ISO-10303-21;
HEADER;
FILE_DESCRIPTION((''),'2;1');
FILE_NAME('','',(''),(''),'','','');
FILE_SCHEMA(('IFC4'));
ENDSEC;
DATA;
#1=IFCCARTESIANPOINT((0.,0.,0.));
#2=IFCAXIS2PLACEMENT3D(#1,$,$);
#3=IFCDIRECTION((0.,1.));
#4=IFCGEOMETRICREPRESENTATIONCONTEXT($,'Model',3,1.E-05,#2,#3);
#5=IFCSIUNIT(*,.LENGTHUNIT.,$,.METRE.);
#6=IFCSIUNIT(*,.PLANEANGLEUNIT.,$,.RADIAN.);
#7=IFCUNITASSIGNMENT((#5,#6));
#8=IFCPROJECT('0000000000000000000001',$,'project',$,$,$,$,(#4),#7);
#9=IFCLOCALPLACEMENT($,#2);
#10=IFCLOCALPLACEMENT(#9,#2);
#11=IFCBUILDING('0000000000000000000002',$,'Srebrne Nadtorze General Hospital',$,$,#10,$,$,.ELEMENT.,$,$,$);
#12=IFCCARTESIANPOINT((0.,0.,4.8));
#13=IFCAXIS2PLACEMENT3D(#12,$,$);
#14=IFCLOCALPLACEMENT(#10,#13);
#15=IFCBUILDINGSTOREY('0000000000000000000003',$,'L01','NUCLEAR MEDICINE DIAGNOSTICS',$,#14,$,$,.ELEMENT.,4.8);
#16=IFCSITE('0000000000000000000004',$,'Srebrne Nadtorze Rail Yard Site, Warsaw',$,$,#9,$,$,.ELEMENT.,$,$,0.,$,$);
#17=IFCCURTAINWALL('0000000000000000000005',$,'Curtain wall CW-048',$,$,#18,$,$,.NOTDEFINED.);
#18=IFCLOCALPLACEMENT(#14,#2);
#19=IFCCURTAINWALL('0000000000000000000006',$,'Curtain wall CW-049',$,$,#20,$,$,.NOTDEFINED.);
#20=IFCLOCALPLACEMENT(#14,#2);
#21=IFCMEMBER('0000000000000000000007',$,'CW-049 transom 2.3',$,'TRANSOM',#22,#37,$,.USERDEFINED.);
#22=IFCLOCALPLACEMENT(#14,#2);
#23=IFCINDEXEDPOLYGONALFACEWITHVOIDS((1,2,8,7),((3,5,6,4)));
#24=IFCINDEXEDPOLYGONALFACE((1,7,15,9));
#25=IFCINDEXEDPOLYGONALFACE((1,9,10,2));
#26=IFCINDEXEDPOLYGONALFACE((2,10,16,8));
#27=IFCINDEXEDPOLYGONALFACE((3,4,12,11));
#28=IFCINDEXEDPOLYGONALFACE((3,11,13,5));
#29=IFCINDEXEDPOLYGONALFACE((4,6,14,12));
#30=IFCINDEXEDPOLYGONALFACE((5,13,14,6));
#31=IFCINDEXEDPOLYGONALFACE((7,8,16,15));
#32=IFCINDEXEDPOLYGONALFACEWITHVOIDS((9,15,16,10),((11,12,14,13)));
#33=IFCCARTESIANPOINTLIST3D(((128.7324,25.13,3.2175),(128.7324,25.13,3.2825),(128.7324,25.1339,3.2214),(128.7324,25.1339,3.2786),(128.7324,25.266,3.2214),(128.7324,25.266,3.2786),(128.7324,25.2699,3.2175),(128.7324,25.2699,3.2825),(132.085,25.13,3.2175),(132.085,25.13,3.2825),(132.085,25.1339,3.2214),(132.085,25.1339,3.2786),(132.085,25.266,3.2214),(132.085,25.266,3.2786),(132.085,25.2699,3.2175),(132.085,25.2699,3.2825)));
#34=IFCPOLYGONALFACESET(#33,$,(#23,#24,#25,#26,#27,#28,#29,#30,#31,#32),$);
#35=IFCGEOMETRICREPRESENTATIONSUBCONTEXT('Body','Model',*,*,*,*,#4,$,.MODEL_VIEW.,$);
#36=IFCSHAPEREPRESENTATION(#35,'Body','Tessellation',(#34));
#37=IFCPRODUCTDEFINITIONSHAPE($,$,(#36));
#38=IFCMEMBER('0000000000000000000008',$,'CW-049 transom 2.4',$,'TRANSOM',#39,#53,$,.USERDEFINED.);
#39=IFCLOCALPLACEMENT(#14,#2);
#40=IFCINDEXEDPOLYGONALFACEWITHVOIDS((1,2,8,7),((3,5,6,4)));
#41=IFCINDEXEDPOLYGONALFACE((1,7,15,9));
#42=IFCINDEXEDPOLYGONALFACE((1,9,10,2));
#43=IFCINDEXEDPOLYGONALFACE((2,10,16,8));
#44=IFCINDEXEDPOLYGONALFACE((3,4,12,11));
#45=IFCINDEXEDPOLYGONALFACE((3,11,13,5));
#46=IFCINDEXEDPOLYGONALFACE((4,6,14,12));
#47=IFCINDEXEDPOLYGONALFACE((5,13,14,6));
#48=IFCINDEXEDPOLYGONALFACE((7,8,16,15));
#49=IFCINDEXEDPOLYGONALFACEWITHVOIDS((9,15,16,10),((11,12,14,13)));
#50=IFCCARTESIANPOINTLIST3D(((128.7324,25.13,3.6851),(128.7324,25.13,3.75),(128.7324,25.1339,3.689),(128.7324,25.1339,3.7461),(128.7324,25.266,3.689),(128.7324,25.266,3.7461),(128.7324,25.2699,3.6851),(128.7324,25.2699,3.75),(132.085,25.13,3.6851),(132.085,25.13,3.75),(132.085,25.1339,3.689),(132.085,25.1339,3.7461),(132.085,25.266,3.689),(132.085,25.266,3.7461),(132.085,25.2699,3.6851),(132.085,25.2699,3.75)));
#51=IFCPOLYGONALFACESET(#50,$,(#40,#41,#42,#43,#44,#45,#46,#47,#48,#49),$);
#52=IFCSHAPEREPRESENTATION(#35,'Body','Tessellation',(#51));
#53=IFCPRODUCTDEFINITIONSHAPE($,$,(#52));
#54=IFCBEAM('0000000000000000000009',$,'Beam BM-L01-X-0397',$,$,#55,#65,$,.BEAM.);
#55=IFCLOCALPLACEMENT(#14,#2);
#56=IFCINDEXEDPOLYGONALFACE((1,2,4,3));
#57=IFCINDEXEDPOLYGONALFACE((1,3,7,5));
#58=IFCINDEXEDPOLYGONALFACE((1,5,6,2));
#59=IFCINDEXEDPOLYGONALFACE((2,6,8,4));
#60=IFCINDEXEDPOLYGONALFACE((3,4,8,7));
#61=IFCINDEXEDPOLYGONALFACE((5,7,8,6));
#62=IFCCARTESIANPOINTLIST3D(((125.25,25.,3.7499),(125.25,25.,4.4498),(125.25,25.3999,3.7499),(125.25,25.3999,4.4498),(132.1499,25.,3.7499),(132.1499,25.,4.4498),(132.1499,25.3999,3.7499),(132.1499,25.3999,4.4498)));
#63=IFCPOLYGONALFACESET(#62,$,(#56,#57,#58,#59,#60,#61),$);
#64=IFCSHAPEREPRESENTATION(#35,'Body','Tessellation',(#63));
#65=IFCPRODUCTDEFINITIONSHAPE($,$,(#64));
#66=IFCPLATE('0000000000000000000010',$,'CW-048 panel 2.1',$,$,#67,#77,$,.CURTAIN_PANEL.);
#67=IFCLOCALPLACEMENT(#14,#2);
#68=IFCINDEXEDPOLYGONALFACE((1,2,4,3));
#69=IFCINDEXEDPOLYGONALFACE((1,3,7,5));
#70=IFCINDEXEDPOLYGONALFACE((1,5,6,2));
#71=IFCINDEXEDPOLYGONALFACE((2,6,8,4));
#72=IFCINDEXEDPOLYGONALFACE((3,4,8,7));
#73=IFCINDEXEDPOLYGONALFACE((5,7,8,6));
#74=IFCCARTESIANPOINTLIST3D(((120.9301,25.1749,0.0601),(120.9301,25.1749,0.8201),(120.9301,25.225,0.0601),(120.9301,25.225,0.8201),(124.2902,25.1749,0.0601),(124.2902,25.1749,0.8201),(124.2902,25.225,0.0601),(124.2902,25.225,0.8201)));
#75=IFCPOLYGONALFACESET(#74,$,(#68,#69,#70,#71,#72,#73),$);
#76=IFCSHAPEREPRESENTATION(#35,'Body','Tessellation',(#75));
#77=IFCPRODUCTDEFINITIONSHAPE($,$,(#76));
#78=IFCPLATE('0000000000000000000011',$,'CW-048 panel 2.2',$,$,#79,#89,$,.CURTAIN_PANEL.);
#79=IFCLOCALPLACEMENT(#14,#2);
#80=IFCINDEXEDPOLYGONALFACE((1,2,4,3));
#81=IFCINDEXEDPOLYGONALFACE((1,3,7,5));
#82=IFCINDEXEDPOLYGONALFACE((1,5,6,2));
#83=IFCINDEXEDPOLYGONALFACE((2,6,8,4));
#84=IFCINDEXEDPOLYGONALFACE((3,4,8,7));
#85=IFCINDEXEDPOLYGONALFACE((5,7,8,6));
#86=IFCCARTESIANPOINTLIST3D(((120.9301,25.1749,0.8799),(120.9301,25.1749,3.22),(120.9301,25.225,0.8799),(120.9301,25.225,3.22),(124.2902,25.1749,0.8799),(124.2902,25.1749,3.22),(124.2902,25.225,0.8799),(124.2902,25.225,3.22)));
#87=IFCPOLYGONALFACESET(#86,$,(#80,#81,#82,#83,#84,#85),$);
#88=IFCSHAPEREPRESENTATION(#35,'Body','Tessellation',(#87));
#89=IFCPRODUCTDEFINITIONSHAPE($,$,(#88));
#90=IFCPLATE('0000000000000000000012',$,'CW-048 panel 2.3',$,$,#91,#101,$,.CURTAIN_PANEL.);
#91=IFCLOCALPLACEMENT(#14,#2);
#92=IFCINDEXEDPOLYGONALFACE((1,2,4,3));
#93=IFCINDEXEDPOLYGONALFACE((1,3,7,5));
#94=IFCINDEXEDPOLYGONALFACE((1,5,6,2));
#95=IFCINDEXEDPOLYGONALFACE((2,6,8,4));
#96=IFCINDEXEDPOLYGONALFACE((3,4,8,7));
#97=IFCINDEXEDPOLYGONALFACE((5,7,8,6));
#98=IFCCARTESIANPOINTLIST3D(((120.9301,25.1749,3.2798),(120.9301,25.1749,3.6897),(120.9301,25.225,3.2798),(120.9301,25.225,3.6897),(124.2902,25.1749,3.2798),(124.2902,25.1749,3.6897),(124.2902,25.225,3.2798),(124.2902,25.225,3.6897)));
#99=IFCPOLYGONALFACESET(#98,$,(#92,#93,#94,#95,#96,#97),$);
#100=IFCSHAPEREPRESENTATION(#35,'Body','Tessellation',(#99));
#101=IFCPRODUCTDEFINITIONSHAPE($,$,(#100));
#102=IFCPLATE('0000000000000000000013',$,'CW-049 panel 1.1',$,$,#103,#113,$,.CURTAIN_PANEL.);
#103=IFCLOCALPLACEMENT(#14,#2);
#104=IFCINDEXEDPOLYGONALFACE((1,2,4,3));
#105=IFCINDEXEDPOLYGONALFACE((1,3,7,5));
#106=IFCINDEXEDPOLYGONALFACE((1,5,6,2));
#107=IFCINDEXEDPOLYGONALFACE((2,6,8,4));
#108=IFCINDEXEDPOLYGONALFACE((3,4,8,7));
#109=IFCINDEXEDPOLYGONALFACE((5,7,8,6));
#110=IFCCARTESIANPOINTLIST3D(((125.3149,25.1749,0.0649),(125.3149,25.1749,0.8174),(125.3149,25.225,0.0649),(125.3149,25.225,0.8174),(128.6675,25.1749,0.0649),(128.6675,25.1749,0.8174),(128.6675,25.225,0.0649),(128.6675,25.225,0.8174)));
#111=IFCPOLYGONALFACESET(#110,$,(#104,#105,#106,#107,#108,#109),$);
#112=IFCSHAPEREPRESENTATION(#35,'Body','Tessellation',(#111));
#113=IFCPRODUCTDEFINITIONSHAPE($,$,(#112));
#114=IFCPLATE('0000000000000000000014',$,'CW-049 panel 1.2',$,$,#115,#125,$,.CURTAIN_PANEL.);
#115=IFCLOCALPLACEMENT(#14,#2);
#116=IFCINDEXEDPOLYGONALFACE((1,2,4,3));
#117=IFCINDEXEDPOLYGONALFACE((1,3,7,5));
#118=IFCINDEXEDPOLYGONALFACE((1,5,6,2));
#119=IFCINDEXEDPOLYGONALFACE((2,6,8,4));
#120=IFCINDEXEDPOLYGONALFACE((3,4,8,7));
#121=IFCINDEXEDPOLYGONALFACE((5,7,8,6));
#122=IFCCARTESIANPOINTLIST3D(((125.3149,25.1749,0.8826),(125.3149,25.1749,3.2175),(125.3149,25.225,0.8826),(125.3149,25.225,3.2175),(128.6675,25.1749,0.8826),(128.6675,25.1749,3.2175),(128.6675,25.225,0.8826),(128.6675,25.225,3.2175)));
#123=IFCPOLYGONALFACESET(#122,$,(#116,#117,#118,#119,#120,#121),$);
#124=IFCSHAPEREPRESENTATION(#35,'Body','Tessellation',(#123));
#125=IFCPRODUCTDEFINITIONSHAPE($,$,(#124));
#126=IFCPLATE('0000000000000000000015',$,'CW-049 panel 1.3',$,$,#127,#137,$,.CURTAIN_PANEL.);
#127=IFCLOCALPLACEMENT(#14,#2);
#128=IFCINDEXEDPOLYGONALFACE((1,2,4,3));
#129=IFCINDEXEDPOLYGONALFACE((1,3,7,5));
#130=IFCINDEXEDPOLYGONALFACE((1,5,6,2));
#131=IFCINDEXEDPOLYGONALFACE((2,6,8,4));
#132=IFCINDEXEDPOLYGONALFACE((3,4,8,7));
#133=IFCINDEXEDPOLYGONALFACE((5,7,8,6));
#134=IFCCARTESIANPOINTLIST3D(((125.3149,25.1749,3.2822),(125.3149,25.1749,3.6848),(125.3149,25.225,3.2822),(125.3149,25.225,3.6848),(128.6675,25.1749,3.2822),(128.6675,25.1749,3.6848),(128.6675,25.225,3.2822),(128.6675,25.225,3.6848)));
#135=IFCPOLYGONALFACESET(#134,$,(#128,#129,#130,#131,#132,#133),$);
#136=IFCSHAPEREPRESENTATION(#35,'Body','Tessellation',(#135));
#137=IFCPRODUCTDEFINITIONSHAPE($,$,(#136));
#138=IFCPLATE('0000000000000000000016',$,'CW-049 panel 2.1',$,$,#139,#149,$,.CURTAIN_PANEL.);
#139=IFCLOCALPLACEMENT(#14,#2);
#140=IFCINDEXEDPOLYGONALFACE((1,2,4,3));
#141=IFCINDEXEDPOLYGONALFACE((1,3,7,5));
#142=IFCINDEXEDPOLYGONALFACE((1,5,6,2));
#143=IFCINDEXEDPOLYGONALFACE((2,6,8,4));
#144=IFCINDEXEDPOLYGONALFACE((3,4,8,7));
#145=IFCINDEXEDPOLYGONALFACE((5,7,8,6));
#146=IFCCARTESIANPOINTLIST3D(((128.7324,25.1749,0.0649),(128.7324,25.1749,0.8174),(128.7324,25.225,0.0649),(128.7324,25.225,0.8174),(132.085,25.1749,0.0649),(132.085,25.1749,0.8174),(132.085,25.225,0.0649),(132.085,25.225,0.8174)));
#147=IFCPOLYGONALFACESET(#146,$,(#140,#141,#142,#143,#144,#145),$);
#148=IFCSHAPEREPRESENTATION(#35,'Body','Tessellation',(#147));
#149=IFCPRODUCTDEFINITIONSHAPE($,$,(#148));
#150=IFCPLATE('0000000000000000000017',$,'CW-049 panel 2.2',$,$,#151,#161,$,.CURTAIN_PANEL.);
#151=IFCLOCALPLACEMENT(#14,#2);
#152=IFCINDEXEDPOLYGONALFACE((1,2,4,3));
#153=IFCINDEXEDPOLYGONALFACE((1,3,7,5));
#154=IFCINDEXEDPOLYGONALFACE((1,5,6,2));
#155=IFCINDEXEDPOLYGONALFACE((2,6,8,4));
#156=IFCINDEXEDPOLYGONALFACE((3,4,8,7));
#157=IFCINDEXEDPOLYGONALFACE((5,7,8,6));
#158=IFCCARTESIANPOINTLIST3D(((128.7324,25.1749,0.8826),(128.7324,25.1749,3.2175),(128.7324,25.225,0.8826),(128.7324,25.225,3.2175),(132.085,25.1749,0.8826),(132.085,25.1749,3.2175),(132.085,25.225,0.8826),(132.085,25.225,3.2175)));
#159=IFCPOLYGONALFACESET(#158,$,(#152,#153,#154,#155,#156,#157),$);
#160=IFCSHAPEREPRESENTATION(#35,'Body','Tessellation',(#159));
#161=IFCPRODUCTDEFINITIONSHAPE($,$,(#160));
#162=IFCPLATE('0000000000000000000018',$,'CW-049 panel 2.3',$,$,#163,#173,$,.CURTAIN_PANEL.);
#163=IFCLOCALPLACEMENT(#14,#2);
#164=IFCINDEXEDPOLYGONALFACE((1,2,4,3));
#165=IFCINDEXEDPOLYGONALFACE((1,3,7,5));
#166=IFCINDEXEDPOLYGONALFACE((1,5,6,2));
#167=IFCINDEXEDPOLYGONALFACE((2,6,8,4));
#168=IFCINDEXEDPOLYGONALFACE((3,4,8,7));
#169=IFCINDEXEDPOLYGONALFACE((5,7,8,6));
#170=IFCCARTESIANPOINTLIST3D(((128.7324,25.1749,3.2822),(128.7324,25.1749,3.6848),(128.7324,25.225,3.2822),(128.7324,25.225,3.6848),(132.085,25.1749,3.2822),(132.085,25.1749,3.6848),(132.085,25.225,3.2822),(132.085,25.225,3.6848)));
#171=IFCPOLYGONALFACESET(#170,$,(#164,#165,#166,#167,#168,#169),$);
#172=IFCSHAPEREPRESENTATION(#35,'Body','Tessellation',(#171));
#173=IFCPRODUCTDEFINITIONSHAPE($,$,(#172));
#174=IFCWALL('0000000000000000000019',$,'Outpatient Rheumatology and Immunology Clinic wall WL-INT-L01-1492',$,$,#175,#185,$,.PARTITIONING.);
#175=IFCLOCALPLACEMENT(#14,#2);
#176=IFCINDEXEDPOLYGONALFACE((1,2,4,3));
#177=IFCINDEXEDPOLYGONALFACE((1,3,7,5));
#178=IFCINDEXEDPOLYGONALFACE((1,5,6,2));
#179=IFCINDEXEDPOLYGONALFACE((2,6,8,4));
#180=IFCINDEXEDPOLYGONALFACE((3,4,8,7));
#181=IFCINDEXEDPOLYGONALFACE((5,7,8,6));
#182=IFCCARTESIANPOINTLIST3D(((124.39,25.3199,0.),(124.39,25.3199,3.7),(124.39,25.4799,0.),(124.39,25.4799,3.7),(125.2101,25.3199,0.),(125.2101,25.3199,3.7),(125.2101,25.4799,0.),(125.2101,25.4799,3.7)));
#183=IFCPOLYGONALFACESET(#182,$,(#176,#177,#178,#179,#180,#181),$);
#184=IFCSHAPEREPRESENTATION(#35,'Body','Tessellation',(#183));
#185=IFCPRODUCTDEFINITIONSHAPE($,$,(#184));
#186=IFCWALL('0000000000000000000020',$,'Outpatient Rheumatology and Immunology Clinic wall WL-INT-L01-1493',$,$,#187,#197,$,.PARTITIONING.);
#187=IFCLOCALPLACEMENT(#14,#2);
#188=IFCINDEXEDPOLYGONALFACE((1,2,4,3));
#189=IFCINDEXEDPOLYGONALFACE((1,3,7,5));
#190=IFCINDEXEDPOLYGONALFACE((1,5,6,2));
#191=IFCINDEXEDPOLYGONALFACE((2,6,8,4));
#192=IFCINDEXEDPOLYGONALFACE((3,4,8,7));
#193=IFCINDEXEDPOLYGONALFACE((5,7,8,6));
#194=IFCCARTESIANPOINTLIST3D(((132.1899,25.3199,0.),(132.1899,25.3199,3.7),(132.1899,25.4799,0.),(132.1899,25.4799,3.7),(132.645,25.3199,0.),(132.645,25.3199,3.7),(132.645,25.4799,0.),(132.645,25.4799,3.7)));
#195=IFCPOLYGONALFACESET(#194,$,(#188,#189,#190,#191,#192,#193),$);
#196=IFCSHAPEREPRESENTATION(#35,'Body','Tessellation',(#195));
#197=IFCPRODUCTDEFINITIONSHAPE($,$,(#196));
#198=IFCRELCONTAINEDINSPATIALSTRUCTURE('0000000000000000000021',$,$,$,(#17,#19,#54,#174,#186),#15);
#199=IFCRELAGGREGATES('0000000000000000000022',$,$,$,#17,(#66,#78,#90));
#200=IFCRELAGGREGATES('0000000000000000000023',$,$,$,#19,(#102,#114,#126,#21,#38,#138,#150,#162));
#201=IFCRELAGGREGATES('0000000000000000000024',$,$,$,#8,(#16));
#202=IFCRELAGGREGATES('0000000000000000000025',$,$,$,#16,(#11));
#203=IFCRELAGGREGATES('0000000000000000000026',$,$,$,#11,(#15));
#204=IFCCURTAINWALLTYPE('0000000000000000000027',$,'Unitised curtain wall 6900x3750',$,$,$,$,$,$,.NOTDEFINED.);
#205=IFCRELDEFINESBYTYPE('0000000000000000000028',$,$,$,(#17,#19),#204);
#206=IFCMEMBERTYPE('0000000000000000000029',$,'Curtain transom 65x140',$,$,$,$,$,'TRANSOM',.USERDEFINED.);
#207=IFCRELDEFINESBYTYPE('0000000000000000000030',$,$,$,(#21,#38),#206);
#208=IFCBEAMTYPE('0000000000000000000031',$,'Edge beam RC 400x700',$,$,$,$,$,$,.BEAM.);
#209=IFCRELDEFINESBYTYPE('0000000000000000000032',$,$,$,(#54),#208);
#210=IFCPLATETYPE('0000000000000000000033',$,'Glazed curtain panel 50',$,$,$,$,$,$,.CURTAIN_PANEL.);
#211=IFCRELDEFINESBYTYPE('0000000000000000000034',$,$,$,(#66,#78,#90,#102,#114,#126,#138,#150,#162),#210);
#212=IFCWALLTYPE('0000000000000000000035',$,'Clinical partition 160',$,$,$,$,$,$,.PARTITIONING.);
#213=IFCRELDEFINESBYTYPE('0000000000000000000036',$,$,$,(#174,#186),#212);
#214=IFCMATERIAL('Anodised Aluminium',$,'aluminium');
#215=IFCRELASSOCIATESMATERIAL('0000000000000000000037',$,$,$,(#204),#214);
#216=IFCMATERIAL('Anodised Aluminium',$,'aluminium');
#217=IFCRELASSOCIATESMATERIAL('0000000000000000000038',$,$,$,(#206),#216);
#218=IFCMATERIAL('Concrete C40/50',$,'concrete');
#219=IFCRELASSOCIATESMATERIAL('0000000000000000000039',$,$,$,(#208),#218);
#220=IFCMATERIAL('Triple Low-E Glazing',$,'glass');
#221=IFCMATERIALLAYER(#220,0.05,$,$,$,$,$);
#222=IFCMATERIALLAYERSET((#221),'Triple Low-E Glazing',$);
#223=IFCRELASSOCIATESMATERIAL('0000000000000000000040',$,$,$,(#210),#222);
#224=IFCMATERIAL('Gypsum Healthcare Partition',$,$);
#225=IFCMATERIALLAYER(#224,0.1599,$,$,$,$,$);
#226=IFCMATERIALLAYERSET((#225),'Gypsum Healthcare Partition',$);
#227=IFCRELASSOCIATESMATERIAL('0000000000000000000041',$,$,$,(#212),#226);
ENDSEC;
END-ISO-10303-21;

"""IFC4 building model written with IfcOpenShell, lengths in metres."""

from ifc_helpers import new_model, si_unit, direction, frame, frame_2d, origin, origin_2d, place, context, subcontext, project, spatial, rectangle, hollow_rectangle, extrude, material, layer, layer_set, material_profile, profile_set, type_object, element, aggregate, save


model = new_model("IFC4")

# Units and contexts
model_context = context("Model", 3, precision=1e-05, world=origin(), true_north=direction((0.0, 1.0)))
body_context = subcontext(model_context, "Body", "Model", "MODEL_VIEW")
ifc_project = project(units=[si_unit("LENGTHUNIT", "METRE"), si_unit("PLANEANGLEUNIT", "RADIAN")], contexts=[model_context])

# Site, building, storey
site_placement = place(None, origin())
site = spatial("IfcSite", under=ifc_project, at=site_placement, Name="Srebrne Nadtorze Rail Yard Site, Warsaw", CompositionType="ELEMENT", RefElevation=0.0)
building_placement = place(site_placement, origin())
building = spatial("IfcBuilding", under=site, at=building_placement, Name="Srebrne Nadtorze General Hospital", CompositionType="ELEMENT")
storey_placement = place(building_placement, frame((0.0, 0.0, 4.8)))
storey = spatial("IfcBuildingStorey", under=building, at=storey_placement, Name="L01", Description="NUCLEAR MEDICINE DIAGNOSTICS", CompositionType="ELEMENT", Elevation=4.8)

# Curtain wall
ifc_material_1 = material(Name="Anodised Aluminium", Category="aluminium")
curtain_wall_type = type_object("IfcCurtainWallType", Name="Unitised curtain wall 6900x3750", PredefinedType="NOTDEFINED", material=ifc_material_1)
curtain_wall_1_placement = place(storey_placement, origin())
curtain_wall_1 = element("IfcCurtainWall", 1, at=curtain_wall_1_placement, inside=storey, type_object=curtain_wall_type, Name="Curtain wall CW-048", PredefinedType="NOTDEFINED")

# Curtain wall, members
curtain_wall_2_placement = place(storey_placement, origin())
curtain_wall_2 = element("IfcCurtainWall", 2, at=curtain_wall_2_placement, inside=storey, type_object=curtain_wall_type, Name="Curtain wall CW-049", PredefinedType="NOTDEFINED")
ifc_material_2 = material(Name="Anodised Aluminium", Category="aluminium")
ifc_material_profile_1 = material_profile(ifc_material_2, hollow_rectangle(XDim=0.0649, YDim=0.1399, WallThickness=0.0039, at=origin_2d()), Name="AL-TRN-65x140")
ifc_profile_set_1 = profile_set([ifc_material_profile_1], Name="Anodised Aluminium")
member_type_1 = type_object("IfcMemberType", Name="Curtain transom 65x140", ElementType="TRANSOM", PredefinedType="USERDEFINED", material=ifc_profile_set_1)
member_1_placement = place(storey_placement, frame((128.7324, 25.2, 3.25), z_axis=(1.0, 0.0, 0.0), x_axis=(0.0, 0.0, 1.0)))
member_1 = element("IfcMember", 3, at=member_1_placement, type_object=member_type_1, Name="CW-049 transom 2.3", ObjectType="TRANSOM", PredefinedType="USERDEFINED", context=body_context, shape_type="SweptSolid", body=[
    extrude(hollow_rectangle(XDim=0.0649, YDim=0.1399, WallThickness=0.0039, at=origin_2d()), origin(), (0.0, 0.0, 1.0), 3.3525),
])
member_2_placement = place(storey_placement, frame((128.7324, 25.2, 3.7175), z_axis=(1.0, 0.0, 0.0), x_axis=(0.0, 0.0, 1.0)))
member_2 = element("IfcMember", 4, at=member_2_placement, type_object=member_type_1, Name="CW-049 transom 2.4", ObjectType="TRANSOM", PredefinedType="USERDEFINED", context=body_context, shape_type="SweptSolid", body=[
    extrude(hollow_rectangle(XDim=0.0649, YDim=0.1399, WallThickness=0.0039, at=origin_2d()), origin(), (0.0, 0.0, 1.0), 3.3525),
])

# Beam
ifc_material_3 = material(Name="Concrete C40/50", Category="concrete")
ifc_material_profile_2 = material_profile(ifc_material_3, rectangle(XDim=0.3999, YDim=0.7, at=origin_2d()), Name="RC-BM-400x700")
ifc_profile_set_2 = profile_set([ifc_material_profile_2], Name="Concrete C40/50")
beam_type = type_object("IfcBeamType", Name="Edge beam RC 400x700", PredefinedType="BEAM", material=ifc_profile_set_2)
beam_placement = place(storey_placement, frame((125.25, 25.2, 4.0999), z_axis=(1.0, 0.0, 0.0), x_axis=(0.0, 1.0, 0.0)))
element("IfcBeam", 5, at=beam_placement, inside=storey, type_object=beam_type, Name="Beam BM-L01-X-0397", PredefinedType="BEAM", context=body_context, shape_type="SweptSolid", body=[
    extrude(rectangle(XDim=0.3999, YDim=0.7, at=origin_2d()), origin(), (0.0, 0.0, 1.0), 6.8999),
])

# Plates
ifc_material_4 = material(Name="Triple Low-E Glazing", Category="glass")
ifc_layer_1 = layer(ifc_material_4, 0.05)
ifc_layer_set_1 = layer_set([ifc_layer_1], Name="Triple Low-E Glazing")
plate_type = type_object("IfcPlateType", Name="Glazed curtain panel 50", PredefinedType="CURTAIN_PANEL", material=ifc_layer_set_1)
plate_1_placement = place(storey_placement, frame((122.6101, 25.2, 0.0601), z_axis=(0.0, 0.0, 1.0), x_axis=(1.0, 0.0, 0.0)))
plate_1 = element("IfcPlate", 6, at=plate_1_placement, type_object=plate_type, Name="CW-048 panel 2.1", PredefinedType="CURTAIN_PANEL", context=body_context, shape_type="SweptSolid", body=[
    extrude(rectangle(XDim=3.3601, YDim=0.05, at=origin_2d()), origin(), (0.0, 0.0, 1.0), 0.76),
])
plate_2_placement = place(storey_placement, frame((122.6101, 25.2, 0.8799), z_axis=(0.0, 0.0, 1.0), x_axis=(1.0, 0.0, 0.0)))
plate_2 = element("IfcPlate", 7, at=plate_2_placement, type_object=plate_type, Name="CW-048 panel 2.2", PredefinedType="CURTAIN_PANEL", context=body_context, shape_type="SweptSolid", body=[
    extrude(rectangle(XDim=3.3601, YDim=0.05, at=origin_2d()), origin(), (0.0, 0.0, 1.0), 2.3401),
])
plate_3_placement = place(storey_placement, frame((122.6101, 25.2, 3.2798), z_axis=(0.0, 0.0, 1.0), x_axis=(1.0, 0.0, 0.0)))
plate_3 = element("IfcPlate", 8, at=plate_3_placement, type_object=plate_type, Name="CW-048 panel 2.3", PredefinedType="CURTAIN_PANEL", context=body_context, shape_type="SweptSolid", body=[
    extrude(rectangle(XDim=3.3601, YDim=0.05, at=origin_2d()), origin(), (0.0, 0.0, 1.0), 0.4099),
])
aggregate(curtain_wall_1, [plate_1, plate_2, plate_3])
plate_4_placement = place(storey_placement, frame((126.9912, 25.2, 0.0649), z_axis=(0.0, 0.0, 1.0), x_axis=(1.0, 0.0, 0.0)))
plate_4 = element("IfcPlate", 9, at=plate_4_placement, type_object=plate_type, Name="CW-049 panel 1.1", PredefinedType="CURTAIN_PANEL", context=body_context, shape_type="SweptSolid", body=[
    extrude(rectangle(XDim=3.3525, YDim=0.05, at=origin_2d()), origin(), (0.0, 0.0, 1.0), 0.7524),
])
plate_5_placement = place(storey_placement, frame((126.9912, 25.2, 0.8826), z_axis=(0.0, 0.0, 1.0), x_axis=(1.0, 0.0, 0.0)))
plate_5 = element("IfcPlate", 10, at=plate_5_placement, type_object=plate_type, Name="CW-049 panel 1.2", PredefinedType="CURTAIN_PANEL", context=body_context, shape_type="SweptSolid", body=[
    extrude(rectangle(XDim=3.3525, YDim=0.05, at=origin_2d()), origin(), (0.0, 0.0, 1.0), 2.335),
])
plate_6_placement = place(storey_placement, frame((126.9912, 25.2, 3.2822), z_axis=(0.0, 0.0, 1.0), x_axis=(1.0, 0.0, 0.0)))
plate_6 = element("IfcPlate", 11, at=plate_6_placement, type_object=plate_type, Name="CW-049 panel 1.3", PredefinedType="CURTAIN_PANEL", context=body_context, shape_type="SweptSolid", body=[
    extrude(rectangle(XDim=3.3525, YDim=0.05, at=origin_2d()), origin(), (0.0, 0.0, 1.0), 0.4026),
])
plate_7_placement = place(storey_placement, frame((130.4087, 25.2, 0.0649), z_axis=(0.0, 0.0, 1.0), x_axis=(1.0, 0.0, 0.0)))
plate_7 = element("IfcPlate", 12, at=plate_7_placement, type_object=plate_type, Name="CW-049 panel 2.1", PredefinedType="CURTAIN_PANEL", context=body_context, shape_type="SweptSolid", body=[
    extrude(rectangle(XDim=3.3525, YDim=0.05, at=origin_2d()), origin(), (0.0, 0.0, 1.0), 0.7524),
])
plate_8_placement = place(storey_placement, frame((130.4087, 25.2, 0.8826), z_axis=(0.0, 0.0, 1.0), x_axis=(1.0, 0.0, 0.0)))
plate_8 = element("IfcPlate", 13, at=plate_8_placement, type_object=plate_type, Name="CW-049 panel 2.2", PredefinedType="CURTAIN_PANEL", context=body_context, shape_type="SweptSolid", body=[
    extrude(rectangle(XDim=3.3525, YDim=0.05, at=origin_2d()), origin(), (0.0, 0.0, 1.0), 2.335),
])
plate_9_placement = place(storey_placement, frame((130.4087, 25.2, 3.2822), z_axis=(0.0, 0.0, 1.0), x_axis=(1.0, 0.0, 0.0)))
plate_9 = element("IfcPlate", 14, at=plate_9_placement, type_object=plate_type, Name="CW-049 panel 2.3", PredefinedType="CURTAIN_PANEL", context=body_context, shape_type="SweptSolid", body=[
    extrude(rectangle(XDim=3.3525, YDim=0.05, at=origin_2d()), origin(), (0.0, 0.0, 1.0), 0.4026),
])
aggregate(curtain_wall_2, [plate_4, plate_5, plate_6, member_1, member_2, plate_7, plate_8, plate_9])

# Walls
ifc_material_5 = material(Name="Gypsum Healthcare Partition")
ifc_layer_2 = layer(ifc_material_5, 0.1599)
ifc_layer_set_2 = layer_set([ifc_layer_2], Name="Gypsum Healthcare Partition")
wall_type = type_object("IfcWallType", Name="Clinical partition 160", PredefinedType="PARTITIONING", material=ifc_layer_set_2)
wall_1_placement = place(storey_placement, frame((124.3899, 25.3999, 0.0), z_axis=(0.0, 0.0, 1.0), x_axis=(1.0, 0.0, 0.0)))
element("IfcWall", 15, at=wall_1_placement, inside=storey, type_object=wall_type, Name="Outpatient Rheumatology and Immunology Clinic wall WL-INT-L01-1492", PredefinedType="PARTITIONING", context=body_context, shape_type="SweptSolid", body=[
    extrude(rectangle(XDim=0.8201, YDim=0.1599, at=frame_2d((0.4102, 0.0))), origin(), (0.0, 0.0, 1.0), 3.7),
])
wall_2_placement = place(storey_placement, frame((132.1899, 25.3999, 0.0), z_axis=(0.0, 0.0, 1.0), x_axis=(1.0, 0.0, 0.0)))
element("IfcWall", 16, at=wall_2_placement, inside=storey, type_object=wall_type, Name="Outpatient Rheumatology and Immunology Clinic wall WL-INT-L01-1493", PredefinedType="PARTITIONING", context=body_context, shape_type="SweptSolid", body=[
    extrude(rectangle(XDim=0.4551, YDim=0.1599, at=frame_2d((0.2275, 0.0))), origin(), (0.0, 0.0, 1.0), 3.7),
])

save(model, "model.ifc")
